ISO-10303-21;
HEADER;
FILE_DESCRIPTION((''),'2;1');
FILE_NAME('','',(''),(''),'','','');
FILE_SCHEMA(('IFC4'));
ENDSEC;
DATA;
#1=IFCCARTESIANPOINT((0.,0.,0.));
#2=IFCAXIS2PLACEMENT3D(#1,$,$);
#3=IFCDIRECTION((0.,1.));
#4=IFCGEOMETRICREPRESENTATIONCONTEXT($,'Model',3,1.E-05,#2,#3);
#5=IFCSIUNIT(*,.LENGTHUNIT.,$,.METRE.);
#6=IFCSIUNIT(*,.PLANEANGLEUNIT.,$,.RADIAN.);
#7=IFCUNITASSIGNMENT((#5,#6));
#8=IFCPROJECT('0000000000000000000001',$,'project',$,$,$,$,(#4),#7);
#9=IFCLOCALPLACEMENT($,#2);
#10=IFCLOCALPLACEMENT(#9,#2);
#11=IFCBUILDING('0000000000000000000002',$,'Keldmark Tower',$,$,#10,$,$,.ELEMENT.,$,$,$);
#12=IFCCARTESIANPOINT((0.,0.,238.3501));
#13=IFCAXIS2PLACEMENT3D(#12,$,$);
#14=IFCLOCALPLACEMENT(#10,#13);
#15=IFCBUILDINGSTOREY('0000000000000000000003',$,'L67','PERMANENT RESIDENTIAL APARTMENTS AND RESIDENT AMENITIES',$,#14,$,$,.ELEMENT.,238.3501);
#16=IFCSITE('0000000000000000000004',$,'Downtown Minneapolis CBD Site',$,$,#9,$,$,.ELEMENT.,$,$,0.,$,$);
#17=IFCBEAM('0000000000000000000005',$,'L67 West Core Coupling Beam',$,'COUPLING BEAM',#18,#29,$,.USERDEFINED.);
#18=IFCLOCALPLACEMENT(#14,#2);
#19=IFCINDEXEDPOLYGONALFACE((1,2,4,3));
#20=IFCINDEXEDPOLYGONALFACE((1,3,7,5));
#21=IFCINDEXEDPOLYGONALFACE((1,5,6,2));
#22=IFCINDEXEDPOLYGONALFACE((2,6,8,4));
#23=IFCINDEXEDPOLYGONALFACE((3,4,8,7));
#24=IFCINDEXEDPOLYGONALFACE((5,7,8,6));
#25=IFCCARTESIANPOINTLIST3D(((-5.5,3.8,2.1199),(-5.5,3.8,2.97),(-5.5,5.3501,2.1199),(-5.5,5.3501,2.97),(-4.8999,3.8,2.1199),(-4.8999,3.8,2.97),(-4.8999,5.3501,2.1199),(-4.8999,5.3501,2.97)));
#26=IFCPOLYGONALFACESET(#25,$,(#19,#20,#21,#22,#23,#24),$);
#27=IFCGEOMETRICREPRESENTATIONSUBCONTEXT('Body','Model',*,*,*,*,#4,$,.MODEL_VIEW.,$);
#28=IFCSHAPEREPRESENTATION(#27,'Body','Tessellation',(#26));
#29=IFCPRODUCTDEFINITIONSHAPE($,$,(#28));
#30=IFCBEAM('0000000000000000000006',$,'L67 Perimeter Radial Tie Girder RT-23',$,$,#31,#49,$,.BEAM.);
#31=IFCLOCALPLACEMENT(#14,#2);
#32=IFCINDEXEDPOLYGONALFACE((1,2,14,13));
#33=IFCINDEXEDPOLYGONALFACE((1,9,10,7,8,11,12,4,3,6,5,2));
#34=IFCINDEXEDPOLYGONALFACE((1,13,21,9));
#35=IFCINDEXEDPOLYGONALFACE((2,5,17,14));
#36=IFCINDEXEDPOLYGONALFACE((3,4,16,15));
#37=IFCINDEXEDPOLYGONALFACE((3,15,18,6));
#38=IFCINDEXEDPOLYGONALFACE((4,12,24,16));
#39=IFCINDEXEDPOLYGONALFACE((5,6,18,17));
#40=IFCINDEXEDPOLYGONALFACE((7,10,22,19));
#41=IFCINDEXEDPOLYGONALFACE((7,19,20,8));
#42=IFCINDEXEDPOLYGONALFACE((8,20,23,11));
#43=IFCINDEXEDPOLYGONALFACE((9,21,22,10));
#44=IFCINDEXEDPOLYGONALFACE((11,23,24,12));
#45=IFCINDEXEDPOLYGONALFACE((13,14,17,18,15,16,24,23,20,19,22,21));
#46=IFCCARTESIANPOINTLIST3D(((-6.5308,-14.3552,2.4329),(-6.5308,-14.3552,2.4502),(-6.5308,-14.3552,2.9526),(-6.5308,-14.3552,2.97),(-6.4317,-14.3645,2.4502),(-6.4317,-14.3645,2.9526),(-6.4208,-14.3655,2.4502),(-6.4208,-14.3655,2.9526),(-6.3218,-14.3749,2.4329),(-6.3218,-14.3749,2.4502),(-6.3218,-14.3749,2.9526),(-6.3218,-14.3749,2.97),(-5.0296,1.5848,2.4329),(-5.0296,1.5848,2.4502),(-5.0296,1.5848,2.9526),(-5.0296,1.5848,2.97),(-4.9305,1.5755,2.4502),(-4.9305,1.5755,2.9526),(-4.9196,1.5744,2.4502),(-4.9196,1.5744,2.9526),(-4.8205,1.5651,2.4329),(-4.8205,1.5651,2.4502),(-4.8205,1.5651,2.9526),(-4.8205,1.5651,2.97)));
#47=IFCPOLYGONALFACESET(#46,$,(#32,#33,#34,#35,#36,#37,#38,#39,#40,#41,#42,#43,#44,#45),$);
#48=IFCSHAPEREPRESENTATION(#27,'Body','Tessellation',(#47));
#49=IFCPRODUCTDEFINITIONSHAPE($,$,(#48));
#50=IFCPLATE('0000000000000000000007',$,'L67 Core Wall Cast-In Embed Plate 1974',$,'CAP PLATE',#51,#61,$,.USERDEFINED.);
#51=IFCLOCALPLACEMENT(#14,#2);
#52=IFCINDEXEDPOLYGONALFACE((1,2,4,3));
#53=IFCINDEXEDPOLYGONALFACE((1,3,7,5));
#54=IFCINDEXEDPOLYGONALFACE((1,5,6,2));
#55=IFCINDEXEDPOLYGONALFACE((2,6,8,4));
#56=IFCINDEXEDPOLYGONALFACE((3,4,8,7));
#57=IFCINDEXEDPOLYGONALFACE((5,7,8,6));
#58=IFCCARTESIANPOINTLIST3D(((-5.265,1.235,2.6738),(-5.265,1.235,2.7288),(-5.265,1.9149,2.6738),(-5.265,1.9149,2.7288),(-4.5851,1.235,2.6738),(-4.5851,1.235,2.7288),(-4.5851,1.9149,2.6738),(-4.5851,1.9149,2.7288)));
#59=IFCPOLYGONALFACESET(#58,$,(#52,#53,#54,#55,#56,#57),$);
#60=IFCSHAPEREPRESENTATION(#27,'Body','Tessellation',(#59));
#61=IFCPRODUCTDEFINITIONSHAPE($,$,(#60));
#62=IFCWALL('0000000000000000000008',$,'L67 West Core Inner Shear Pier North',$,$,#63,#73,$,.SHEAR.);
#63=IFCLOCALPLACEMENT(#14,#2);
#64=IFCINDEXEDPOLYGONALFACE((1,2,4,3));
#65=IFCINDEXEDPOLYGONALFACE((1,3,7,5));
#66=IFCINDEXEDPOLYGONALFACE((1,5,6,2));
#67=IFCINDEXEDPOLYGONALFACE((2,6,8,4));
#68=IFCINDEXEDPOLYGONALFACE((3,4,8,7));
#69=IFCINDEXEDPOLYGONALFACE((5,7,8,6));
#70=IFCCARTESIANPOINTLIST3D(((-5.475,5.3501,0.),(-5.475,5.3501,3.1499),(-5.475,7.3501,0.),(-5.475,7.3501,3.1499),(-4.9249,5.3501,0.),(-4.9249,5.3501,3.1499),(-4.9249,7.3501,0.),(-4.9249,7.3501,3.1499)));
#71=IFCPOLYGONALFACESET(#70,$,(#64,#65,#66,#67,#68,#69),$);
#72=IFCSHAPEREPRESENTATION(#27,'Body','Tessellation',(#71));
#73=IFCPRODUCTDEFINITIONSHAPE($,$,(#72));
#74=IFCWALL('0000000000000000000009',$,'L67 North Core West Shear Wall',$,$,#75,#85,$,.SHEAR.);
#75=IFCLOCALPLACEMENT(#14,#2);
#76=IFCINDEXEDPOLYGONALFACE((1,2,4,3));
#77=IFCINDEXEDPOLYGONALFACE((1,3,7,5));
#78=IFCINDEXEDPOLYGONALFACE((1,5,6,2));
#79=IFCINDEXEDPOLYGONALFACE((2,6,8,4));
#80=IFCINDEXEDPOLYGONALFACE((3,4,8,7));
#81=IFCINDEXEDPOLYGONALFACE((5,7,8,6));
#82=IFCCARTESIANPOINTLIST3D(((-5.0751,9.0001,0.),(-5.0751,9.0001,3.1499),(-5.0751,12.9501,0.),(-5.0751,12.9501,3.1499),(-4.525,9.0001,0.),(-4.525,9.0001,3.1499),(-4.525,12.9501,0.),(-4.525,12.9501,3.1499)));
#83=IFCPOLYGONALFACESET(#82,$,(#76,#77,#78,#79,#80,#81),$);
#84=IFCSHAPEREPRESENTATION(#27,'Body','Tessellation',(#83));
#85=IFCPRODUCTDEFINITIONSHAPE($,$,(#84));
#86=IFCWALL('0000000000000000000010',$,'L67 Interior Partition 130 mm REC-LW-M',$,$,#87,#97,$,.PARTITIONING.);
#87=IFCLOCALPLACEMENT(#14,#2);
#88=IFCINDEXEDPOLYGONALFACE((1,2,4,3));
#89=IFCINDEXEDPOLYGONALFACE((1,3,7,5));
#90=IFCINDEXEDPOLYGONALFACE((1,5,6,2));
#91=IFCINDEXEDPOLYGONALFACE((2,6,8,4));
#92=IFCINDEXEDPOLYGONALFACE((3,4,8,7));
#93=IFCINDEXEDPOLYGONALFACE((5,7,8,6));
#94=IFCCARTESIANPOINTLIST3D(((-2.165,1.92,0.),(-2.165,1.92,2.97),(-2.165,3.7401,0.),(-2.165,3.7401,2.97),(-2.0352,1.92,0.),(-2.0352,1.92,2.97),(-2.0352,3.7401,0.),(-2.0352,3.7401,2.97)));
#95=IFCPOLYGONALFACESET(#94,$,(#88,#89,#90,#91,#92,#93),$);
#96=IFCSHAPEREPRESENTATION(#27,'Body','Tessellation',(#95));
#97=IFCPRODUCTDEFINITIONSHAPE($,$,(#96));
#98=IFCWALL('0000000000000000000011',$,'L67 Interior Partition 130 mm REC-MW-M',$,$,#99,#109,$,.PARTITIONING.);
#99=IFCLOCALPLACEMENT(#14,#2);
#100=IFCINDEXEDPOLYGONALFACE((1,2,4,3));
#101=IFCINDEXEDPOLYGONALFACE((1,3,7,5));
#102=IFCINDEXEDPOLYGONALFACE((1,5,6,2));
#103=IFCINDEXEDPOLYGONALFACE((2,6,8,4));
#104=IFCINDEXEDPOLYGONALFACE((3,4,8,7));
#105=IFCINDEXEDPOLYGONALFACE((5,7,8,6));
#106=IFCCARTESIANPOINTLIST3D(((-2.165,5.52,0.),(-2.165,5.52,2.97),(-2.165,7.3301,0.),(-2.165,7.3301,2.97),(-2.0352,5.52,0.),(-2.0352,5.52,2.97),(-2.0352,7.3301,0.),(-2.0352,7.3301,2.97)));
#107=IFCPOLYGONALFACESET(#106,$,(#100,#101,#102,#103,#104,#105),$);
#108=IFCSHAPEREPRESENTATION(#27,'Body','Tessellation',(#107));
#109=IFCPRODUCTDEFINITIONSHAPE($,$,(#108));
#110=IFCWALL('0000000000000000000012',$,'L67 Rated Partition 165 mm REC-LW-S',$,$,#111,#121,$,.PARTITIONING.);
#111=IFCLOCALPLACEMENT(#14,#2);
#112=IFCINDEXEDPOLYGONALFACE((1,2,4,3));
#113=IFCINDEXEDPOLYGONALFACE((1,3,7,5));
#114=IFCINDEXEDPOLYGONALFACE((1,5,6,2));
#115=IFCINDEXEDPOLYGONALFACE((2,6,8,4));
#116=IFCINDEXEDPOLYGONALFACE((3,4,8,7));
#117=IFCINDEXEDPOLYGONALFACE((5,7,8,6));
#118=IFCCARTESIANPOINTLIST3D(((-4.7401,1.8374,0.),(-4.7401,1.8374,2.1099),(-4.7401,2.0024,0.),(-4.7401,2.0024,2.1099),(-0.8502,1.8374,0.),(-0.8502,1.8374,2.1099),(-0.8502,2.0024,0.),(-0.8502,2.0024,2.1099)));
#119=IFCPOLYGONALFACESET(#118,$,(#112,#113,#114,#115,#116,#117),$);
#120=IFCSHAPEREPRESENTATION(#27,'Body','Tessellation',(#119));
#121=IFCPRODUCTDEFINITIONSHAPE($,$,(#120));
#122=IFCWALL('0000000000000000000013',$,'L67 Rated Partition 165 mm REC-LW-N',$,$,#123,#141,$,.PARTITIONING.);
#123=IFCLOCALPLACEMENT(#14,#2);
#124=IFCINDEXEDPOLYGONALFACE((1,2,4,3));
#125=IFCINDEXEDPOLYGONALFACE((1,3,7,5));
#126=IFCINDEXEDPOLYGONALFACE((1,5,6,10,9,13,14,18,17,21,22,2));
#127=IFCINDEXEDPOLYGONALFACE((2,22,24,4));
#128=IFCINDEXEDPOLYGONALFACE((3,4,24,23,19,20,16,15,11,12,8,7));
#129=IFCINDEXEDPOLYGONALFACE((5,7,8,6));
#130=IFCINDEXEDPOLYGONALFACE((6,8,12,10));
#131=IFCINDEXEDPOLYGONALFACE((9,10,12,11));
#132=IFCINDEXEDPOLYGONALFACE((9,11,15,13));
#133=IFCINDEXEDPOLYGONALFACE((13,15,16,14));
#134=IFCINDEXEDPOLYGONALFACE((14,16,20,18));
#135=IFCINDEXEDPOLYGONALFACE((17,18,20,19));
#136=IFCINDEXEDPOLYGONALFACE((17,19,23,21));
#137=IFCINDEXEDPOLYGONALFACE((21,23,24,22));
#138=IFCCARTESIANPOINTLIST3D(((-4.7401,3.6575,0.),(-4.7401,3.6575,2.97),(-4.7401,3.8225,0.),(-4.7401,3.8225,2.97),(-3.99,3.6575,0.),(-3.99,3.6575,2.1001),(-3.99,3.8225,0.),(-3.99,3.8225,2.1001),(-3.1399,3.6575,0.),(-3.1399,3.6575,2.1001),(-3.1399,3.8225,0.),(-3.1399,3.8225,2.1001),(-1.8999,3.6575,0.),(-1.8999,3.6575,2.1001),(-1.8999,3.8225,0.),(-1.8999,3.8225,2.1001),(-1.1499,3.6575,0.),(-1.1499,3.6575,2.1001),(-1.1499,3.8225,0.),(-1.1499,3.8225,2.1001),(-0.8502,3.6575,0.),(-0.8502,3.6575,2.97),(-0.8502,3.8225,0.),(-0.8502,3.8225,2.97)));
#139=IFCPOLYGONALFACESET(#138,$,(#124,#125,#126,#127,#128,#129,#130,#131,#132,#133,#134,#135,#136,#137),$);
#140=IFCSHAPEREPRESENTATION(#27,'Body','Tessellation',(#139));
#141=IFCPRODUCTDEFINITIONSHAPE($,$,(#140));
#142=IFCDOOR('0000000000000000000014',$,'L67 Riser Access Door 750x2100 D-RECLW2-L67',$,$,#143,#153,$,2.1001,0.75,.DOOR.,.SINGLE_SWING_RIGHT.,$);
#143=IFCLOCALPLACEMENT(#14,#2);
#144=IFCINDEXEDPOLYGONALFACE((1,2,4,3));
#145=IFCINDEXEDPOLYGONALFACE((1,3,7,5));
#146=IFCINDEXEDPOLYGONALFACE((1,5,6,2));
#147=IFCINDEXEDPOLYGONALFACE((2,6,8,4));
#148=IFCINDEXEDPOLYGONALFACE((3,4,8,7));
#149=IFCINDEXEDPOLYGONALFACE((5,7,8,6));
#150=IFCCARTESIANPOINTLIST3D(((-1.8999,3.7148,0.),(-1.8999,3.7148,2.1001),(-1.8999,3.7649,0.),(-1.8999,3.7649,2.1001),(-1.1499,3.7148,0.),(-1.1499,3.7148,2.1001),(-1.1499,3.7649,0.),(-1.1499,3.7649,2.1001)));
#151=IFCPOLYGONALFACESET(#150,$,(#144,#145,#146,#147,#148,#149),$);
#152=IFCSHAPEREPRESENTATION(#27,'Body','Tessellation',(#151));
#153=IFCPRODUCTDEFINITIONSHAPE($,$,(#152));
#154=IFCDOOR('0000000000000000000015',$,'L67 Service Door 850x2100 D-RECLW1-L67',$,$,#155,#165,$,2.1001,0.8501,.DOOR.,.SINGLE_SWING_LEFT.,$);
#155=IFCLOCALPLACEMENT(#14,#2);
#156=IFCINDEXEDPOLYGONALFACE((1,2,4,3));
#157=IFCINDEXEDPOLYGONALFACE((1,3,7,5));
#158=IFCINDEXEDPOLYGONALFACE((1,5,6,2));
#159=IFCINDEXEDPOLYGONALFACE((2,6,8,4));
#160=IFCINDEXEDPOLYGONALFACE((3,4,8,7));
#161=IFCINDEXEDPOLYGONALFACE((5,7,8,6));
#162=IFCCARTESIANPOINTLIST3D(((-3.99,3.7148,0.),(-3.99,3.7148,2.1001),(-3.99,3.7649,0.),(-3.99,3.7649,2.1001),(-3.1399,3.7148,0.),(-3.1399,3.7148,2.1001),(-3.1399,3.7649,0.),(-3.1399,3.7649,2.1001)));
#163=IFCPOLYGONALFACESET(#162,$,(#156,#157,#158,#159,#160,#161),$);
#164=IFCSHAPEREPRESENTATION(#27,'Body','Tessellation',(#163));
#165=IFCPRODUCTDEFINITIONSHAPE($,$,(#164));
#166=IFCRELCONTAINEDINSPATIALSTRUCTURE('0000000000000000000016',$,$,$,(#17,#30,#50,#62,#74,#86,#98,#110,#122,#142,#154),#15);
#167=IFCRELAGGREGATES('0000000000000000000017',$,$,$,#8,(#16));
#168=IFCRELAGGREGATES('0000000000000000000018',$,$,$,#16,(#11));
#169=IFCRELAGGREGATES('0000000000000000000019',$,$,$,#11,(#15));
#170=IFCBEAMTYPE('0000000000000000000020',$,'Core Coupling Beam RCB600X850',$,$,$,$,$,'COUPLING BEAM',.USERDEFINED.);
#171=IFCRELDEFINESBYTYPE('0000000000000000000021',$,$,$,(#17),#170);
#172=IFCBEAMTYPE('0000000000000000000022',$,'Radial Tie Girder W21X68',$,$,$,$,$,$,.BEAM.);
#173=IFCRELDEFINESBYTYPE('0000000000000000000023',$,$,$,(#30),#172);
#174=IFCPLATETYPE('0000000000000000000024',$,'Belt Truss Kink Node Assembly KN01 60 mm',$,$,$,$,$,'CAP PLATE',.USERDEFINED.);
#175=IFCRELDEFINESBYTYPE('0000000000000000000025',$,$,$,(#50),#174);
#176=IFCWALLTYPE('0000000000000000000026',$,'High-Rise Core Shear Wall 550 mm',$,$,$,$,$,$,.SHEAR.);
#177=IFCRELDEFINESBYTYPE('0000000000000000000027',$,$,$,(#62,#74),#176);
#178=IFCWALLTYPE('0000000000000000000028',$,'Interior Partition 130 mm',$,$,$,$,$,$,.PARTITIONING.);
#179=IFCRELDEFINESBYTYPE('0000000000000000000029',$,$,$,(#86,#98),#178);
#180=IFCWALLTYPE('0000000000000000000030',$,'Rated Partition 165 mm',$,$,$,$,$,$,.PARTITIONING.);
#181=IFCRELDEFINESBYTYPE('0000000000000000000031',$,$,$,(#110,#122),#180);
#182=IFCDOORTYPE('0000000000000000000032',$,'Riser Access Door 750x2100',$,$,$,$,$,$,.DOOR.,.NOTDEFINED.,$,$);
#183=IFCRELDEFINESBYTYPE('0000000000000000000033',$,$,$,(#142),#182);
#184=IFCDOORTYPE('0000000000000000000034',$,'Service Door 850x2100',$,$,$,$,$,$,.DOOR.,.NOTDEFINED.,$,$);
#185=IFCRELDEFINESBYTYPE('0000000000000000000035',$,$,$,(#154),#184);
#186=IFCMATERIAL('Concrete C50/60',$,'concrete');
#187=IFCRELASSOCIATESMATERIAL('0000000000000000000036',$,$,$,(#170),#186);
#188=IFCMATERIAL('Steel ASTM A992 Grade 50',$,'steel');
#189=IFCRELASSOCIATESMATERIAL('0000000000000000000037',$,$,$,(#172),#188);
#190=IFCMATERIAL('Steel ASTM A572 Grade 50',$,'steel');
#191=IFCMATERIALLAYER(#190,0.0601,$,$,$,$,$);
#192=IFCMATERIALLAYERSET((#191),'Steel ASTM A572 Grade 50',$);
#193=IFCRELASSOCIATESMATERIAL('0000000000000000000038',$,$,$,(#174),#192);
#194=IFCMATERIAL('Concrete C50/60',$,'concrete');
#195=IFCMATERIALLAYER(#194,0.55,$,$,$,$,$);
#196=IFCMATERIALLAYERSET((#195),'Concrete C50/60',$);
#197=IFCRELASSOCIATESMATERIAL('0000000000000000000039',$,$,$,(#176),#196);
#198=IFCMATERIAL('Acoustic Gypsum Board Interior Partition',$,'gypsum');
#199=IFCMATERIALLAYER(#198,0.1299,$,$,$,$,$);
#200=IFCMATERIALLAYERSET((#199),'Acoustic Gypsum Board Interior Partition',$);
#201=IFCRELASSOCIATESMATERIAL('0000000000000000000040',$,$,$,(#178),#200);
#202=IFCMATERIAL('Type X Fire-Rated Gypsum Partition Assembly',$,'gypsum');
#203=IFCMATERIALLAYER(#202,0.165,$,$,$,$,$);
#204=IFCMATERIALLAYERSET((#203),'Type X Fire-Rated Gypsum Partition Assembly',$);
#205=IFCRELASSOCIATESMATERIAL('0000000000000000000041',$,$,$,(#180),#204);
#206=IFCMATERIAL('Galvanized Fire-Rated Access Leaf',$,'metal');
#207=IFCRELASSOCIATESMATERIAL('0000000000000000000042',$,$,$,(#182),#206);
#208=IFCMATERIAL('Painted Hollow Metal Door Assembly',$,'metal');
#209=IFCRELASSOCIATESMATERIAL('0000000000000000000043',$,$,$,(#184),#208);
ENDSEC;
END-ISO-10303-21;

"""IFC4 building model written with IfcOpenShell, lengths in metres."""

from ifc_helpers import new_model, si_unit, direction, frame, frame_2d, origin, origin_2d, place, context, subcontext, project, spatial, rectangle, i_section, extrude, material, layer, layer_set, material_profile, profile_set, type_object, element, fill, save


model = new_model("IFC4")

# Units and contexts
model_context = context("Model", 3, precision=1e-05, world=origin(), true_north=direction((0.0, 1.0)))
body_context = subcontext(model_context, "Body", "Model", "MODEL_VIEW")
ifc_project = project(units=[si_unit("LENGTHUNIT", "METRE"), si_unit("PLANEANGLEUNIT", "RADIAN")], contexts=[model_context])

# Site, building, storey
site_placement = place(None, origin())
site = spatial("IfcSite", under=ifc_project, at=site_placement, Name="Downtown Minneapolis CBD Site", CompositionType="ELEMENT", RefElevation=0.0)
building_placement = place(site_placement, origin())
building = spatial("IfcBuilding", under=site, at=building_placement, Name="Keldmark Tower", CompositionType="ELEMENT")
storey_placement = place(building_placement, frame((0.0, 0.0, 238.3501)))
storey = spatial("IfcBuildingStorey", under=building, at=storey_placement, Name="L67", Description="PERMANENT RESIDENTIAL APARTMENTS AND RESIDENT AMENITIES", CompositionType="ELEMENT", Elevation=238.3501)

# Beams
ifc_material_1 = material(Name="Concrete C50/60", Category="concrete")
ifc_material_profile_1 = material_profile(ifc_material_1, rectangle(XDim=0.6001, YDim=0.8501, at=origin_2d()), Name="RCB600X850")
ifc_profile_set_1 = profile_set([ifc_material_profile_1], Name="Concrete C50/60")
beam_type_1 = type_object("IfcBeamType", Name="Core Coupling Beam RCB600X850", ElementType="COUPLING BEAM", PredefinedType="USERDEFINED", material=ifc_profile_set_1)
beam_1_placement = place(storey_placement, frame((-5.2, 3.8, 2.5449), z_axis=(0.0, 1.0, 0.0), x_axis=(-1.0, 0.0, 0.0)))
element("IfcBeam", 1, at=beam_1_placement, inside=storey, type_object=beam_type_1, Name="L67 West Core Coupling Beam", ObjectType="COUPLING BEAM", PredefinedType="USERDEFINED", context=body_context, shape_type="SweptSolid", body=[
    extrude(rectangle(XDim=0.6001, YDim=0.8501, at=origin_2d()), origin(), (0.0, 0.0, 1.0), 1.55),
])
ifc_material_2 = material(Name="Steel ASTM A992 Grade 50", Category="steel")
ifc_material_profile_2 = material_profile(ifc_material_2, i_section(OverallWidth=0.21, OverallDepth=0.5371, WebThickness=0.011, FlangeThickness=0.0173, at=origin_2d()), Name="W21X68")
ifc_profile_set_2 = profile_set([ifc_material_profile_2], Name="Steel ASTM A992 Grade 50")
beam_type_2 = type_object("IfcBeamType", Name="Radial Tie Girder W21X68", PredefinedType="BEAM", material=ifc_profile_set_2)
beam_2_placement = place(storey_placement, frame((-4.925, 1.575, 2.7014), z_axis=(-0.093765, -0.995594, 0.0), x_axis=(0.995594, -0.093765, 0.0)))
element("IfcBeam", 2, at=beam_2_placement, inside=storey, type_object=beam_type_2, Name="L67 Perimeter Radial Tie Girder RT-23", PredefinedType="BEAM", context=body_context, shape_type="SweptSolid", body=[
    extrude(i_section(OverallWidth=0.21, OverallDepth=0.5371, WebThickness=0.011, FlangeThickness=0.0173, at=origin_2d()), origin(), (0.0, 0.0, 1.0), 16.0105),
])

# Plate
ifc_material_3 = material(Name="Steel ASTM A572 Grade 50", Category="steel")
ifc_layer_1 = layer(ifc_material_3, 0.0601)
ifc_layer_set_1 = layer_set([ifc_layer_1], Name="Steel ASTM A572 Grade 50")
plate_type = type_object("IfcPlateType", Name="Belt Truss Kink Node Assembly KN01 60 mm", ElementType="CAP PLATE", PredefinedType="USERDEFINED", material=ifc_layer_set_1)
plate_placement = place(storey_placement, frame((-4.925, 1.575, 2.6738), z_axis=(0.0, 0.0, 1.0), x_axis=(1.0, 0.0, 0.0)))
element("IfcPlate", 3, at=plate_placement, inside=storey, type_object=plate_type, Name="L67 Core Wall Cast-In Embed Plate 1974", ObjectType="CAP PLATE", PredefinedType="USERDEFINED", context=body_context, shape_type="SweptSolid", body=[
    extrude(rectangle(XDim=0.6799, YDim=0.6799, at=origin_2d()), origin(), (0.0, 0.0, 1.0), 0.0549),
])

# Shared definitions
ifc_material_4 = material(Name="Concrete C50/60", Category="concrete")
ifc_layer_2 = layer(ifc_material_4, 0.55)
ifc_layer_set_2 = layer_set([ifc_layer_2], Name="Concrete C50/60")
wall_type_1 = type_object("IfcWallType", Name="High-Rise Core Shear Wall 550 mm", PredefinedType="SHEAR", material=ifc_layer_set_2)

# Walls
wall_1_placement = place(storey_placement, frame((-5.2, 5.3501, 0.0), z_axis=(0.0, 0.0, 1.0), x_axis=(0.0, 1.0, 0.0)))
element("IfcWall", 4, at=wall_1_placement, inside=storey, type_object=wall_type_1, Name="L67 West Core Inner Shear Pier North", PredefinedType="SHEAR", context=body_context, shape_type="SweptSolid", body=[
    extrude(rectangle(XDim=2.0, YDim=0.55, at=frame_2d((1.0, 0.0))), origin(), (0.0, 0.0, 1.0), 3.1499),
])
wall_2_placement = place(storey_placement, frame((-4.8, 9.0, 0.0), z_axis=(0.0, 0.0, 1.0), x_axis=(0.0, 1.0, 0.0)))
element("IfcWall", 5, at=wall_2_placement, inside=storey, type_object=wall_type_1, Name="L67 North Core West Shear Wall", PredefinedType="SHEAR", context=body_context, shape_type="SweptSolid", body=[
    extrude(rectangle(XDim=3.95, YDim=0.55, at=frame_2d((1.9751, 0.0))), origin(), (0.0, 0.0, 1.0), 3.1499),
])
ifc_material_5 = material(Name="Acoustic Gypsum Board Interior Partition", Category="gypsum")
ifc_layer_3 = layer(ifc_material_5, 0.1299)
ifc_layer_set_3 = layer_set([ifc_layer_3], Name="Acoustic Gypsum Board Interior Partition")
wall_type_2 = type_object("IfcWallType", Name="Interior Partition 130 mm", PredefinedType="PARTITIONING", material=ifc_layer_set_3)
wall_3_placement = place(storey_placement, frame((-2.1001, 1.9199, 0.0), z_axis=(0.0, 0.0, 1.0), x_axis=(0.0, 1.0, 0.0)))
element("IfcWall", 6, at=wall_3_placement, inside=storey, type_object=wall_type_2, Name="L67 Interior Partition 130 mm REC-LW-M", PredefinedType="PARTITIONING", context=body_context, shape_type="SweptSolid", body=[
    extrude(rectangle(XDim=1.8201, YDim=0.1299, at=frame_2d((0.9102, 0.0))), origin(), (0.0, 0.0, 1.0), 2.97),
])
wall_4_placement = place(storey_placement, frame((-2.1001, 5.52, 0.0), z_axis=(0.0, 0.0, 1.0), x_axis=(0.0, 1.0, 0.0)))
element("IfcWall", 7, at=wall_4_placement, inside=storey, type_object=wall_type_2, Name="L67 Interior Partition 130 mm REC-MW-M", PredefinedType="PARTITIONING", context=body_context, shape_type="SweptSolid", body=[
    extrude(rectangle(XDim=1.8101, YDim=0.1299, at=frame_2d((0.905, 0.0))), origin(), (0.0, 0.0, 1.0), 2.97),
])
ifc_material_6 = material(Name="Type X Fire-Rated Gypsum Partition Assembly", Category="gypsum")
ifc_layer_4 = layer(ifc_material_6, 0.165)
ifc_layer_set_4 = layer_set([ifc_layer_4], Name="Type X Fire-Rated Gypsum Partition Assembly")
wall_type_3 = type_object("IfcWallType", Name="Rated Partition 165 mm", PredefinedType="PARTITIONING", material=ifc_layer_set_4)
wall_5_placement = place(storey_placement, frame((-4.74, 1.9199, 0.0), z_axis=(0.0, 0.0, 1.0), x_axis=(1.0, 0.0, 0.0)))
element("IfcWall", 8, at=wall_5_placement, inside=storey, type_object=wall_type_3, Name="L67 Rated Partition 165 mm REC-LW-S", PredefinedType="PARTITIONING", context=body_context, shape_type="SweptSolid", body=[
    extrude(rectangle(XDim=3.8899, YDim=0.165, at=frame_2d((1.9448, 0.0))), origin(), (0.0, 0.0, 1.0), 2.1099),
])

# Wall, openings, doors
wall_6_placement = place(storey_placement, frame((-4.74, 3.74, 0.0), z_axis=(0.0, 0.0, 1.0), x_axis=(1.0, 0.0, 0.0)))
wall_6 = element("IfcWall", 9, at=wall_6_placement, inside=storey, type_object=wall_type_3, Name="L67 Rated Partition 165 mm REC-LW-N", PredefinedType="PARTITIONING", context=body_context, shape_type="SweptSolid", body=[
    extrude(rectangle(XDim=3.8899, YDim=0.165, at=frame_2d((1.9448, 0.0))), origin(), (0.0, 0.0, 1.0), 2.97),
])
opening_1_placement = place(wall_6_placement, frame((0.75, 0.0, 0.0)))
opening_1 = element("IfcOpeningElement", 10, at=opening_1_placement, cuts=wall_6, PredefinedType="OPENING", context=body_context, shape_type="SweptSolid", body=[
    extrude(rectangle(XDim=0.8501, YDim=2.1001, at=frame_2d((0.425, 1.05))), frame((0.0, 0.0925, 0.0), z_axis=(0.0, -1.0, 0.0), x_axis=(1.0, 0.0, 0.0)), (0.0, 0.0, 1.0), 0.1851),
])
opening_2_placement = place(wall_6_placement, frame((2.8401, 0.0, 0.0)))
opening_2 = element("IfcOpeningElement", 11, at=opening_2_placement, cuts=wall_6, PredefinedType="OPENING", context=body_context, shape_type="SweptSolid", body=[
    extrude(rectangle(XDim=0.75, YDim=2.1001, at=frame_2d((0.375, 1.05))), frame((0.0, 0.0925, 0.0), z_axis=(0.0, -1.0, 0.0), x_axis=(1.0, 0.0, 0.0)), (0.0, 0.0, 1.0), 0.1851),
])
ifc_material_7 = material(Name="Galvanized Fire-Rated Access Leaf", Category="metal")
door_type_1 = type_object("IfcDoorType", Name="Riser Access Door 750x2100", OperationType="NOTDEFINED", PredefinedType="DOOR", material=ifc_material_7)
door_1_placement = place(opening_2_placement, origin())
door_1 = element("IfcDoor", 12, at=door_1_placement, inside=storey, type_object=door_type_1, Name="L67 Riser Access Door 750x2100 D-RECLW2-L67", OperationType="SINGLE_SWING_RIGHT", OverallHeight=2.1001, OverallWidth=0.75, PredefinedType="DOOR", context=body_context, shape_type="SweptSolid", body=[
    extrude(rectangle(XDim=0.75, YDim=2.1001, at=frame_2d((0.375, 1.05))), frame((0.0, 0.0249, 0.0), z_axis=(0.0, -1.0, 0.0), x_axis=(1.0, 0.0, 0.0)), (0.0, 0.0, 1.0), 0.05),
])
fill(opening_2, door_1)
ifc_material_8 = material(Name="Painted Hollow Metal Door Assembly", Category="metal")
door_type_2 = type_object("IfcDoorType", Name="Service Door 850x2100", OperationType="NOTDEFINED", PredefinedType="DOOR", material=ifc_material_8)
door_2_placement = place(opening_1_placement, origin())
door_2 = element("IfcDoor", 13, at=door_2_placement, inside=storey, type_object=door_type_2, Name="L67 Service Door 850x2100 D-RECLW1-L67", OperationType="SINGLE_SWING_LEFT", OverallHeight=2.1001, OverallWidth=0.8501, PredefinedType="DOOR", context=body_context, shape_type="SweptSolid", body=[
    extrude(rectangle(XDim=0.8501, YDim=2.1001, at=frame_2d((0.425, 1.05))), frame((0.0, 0.0249, 0.0), z_axis=(0.0, -1.0, 0.0), x_axis=(1.0, 0.0, 0.0)), (0.0, 0.0, 1.0), 0.05),
])
fill(opening_1, door_2)

save(model, "model.ifc")
